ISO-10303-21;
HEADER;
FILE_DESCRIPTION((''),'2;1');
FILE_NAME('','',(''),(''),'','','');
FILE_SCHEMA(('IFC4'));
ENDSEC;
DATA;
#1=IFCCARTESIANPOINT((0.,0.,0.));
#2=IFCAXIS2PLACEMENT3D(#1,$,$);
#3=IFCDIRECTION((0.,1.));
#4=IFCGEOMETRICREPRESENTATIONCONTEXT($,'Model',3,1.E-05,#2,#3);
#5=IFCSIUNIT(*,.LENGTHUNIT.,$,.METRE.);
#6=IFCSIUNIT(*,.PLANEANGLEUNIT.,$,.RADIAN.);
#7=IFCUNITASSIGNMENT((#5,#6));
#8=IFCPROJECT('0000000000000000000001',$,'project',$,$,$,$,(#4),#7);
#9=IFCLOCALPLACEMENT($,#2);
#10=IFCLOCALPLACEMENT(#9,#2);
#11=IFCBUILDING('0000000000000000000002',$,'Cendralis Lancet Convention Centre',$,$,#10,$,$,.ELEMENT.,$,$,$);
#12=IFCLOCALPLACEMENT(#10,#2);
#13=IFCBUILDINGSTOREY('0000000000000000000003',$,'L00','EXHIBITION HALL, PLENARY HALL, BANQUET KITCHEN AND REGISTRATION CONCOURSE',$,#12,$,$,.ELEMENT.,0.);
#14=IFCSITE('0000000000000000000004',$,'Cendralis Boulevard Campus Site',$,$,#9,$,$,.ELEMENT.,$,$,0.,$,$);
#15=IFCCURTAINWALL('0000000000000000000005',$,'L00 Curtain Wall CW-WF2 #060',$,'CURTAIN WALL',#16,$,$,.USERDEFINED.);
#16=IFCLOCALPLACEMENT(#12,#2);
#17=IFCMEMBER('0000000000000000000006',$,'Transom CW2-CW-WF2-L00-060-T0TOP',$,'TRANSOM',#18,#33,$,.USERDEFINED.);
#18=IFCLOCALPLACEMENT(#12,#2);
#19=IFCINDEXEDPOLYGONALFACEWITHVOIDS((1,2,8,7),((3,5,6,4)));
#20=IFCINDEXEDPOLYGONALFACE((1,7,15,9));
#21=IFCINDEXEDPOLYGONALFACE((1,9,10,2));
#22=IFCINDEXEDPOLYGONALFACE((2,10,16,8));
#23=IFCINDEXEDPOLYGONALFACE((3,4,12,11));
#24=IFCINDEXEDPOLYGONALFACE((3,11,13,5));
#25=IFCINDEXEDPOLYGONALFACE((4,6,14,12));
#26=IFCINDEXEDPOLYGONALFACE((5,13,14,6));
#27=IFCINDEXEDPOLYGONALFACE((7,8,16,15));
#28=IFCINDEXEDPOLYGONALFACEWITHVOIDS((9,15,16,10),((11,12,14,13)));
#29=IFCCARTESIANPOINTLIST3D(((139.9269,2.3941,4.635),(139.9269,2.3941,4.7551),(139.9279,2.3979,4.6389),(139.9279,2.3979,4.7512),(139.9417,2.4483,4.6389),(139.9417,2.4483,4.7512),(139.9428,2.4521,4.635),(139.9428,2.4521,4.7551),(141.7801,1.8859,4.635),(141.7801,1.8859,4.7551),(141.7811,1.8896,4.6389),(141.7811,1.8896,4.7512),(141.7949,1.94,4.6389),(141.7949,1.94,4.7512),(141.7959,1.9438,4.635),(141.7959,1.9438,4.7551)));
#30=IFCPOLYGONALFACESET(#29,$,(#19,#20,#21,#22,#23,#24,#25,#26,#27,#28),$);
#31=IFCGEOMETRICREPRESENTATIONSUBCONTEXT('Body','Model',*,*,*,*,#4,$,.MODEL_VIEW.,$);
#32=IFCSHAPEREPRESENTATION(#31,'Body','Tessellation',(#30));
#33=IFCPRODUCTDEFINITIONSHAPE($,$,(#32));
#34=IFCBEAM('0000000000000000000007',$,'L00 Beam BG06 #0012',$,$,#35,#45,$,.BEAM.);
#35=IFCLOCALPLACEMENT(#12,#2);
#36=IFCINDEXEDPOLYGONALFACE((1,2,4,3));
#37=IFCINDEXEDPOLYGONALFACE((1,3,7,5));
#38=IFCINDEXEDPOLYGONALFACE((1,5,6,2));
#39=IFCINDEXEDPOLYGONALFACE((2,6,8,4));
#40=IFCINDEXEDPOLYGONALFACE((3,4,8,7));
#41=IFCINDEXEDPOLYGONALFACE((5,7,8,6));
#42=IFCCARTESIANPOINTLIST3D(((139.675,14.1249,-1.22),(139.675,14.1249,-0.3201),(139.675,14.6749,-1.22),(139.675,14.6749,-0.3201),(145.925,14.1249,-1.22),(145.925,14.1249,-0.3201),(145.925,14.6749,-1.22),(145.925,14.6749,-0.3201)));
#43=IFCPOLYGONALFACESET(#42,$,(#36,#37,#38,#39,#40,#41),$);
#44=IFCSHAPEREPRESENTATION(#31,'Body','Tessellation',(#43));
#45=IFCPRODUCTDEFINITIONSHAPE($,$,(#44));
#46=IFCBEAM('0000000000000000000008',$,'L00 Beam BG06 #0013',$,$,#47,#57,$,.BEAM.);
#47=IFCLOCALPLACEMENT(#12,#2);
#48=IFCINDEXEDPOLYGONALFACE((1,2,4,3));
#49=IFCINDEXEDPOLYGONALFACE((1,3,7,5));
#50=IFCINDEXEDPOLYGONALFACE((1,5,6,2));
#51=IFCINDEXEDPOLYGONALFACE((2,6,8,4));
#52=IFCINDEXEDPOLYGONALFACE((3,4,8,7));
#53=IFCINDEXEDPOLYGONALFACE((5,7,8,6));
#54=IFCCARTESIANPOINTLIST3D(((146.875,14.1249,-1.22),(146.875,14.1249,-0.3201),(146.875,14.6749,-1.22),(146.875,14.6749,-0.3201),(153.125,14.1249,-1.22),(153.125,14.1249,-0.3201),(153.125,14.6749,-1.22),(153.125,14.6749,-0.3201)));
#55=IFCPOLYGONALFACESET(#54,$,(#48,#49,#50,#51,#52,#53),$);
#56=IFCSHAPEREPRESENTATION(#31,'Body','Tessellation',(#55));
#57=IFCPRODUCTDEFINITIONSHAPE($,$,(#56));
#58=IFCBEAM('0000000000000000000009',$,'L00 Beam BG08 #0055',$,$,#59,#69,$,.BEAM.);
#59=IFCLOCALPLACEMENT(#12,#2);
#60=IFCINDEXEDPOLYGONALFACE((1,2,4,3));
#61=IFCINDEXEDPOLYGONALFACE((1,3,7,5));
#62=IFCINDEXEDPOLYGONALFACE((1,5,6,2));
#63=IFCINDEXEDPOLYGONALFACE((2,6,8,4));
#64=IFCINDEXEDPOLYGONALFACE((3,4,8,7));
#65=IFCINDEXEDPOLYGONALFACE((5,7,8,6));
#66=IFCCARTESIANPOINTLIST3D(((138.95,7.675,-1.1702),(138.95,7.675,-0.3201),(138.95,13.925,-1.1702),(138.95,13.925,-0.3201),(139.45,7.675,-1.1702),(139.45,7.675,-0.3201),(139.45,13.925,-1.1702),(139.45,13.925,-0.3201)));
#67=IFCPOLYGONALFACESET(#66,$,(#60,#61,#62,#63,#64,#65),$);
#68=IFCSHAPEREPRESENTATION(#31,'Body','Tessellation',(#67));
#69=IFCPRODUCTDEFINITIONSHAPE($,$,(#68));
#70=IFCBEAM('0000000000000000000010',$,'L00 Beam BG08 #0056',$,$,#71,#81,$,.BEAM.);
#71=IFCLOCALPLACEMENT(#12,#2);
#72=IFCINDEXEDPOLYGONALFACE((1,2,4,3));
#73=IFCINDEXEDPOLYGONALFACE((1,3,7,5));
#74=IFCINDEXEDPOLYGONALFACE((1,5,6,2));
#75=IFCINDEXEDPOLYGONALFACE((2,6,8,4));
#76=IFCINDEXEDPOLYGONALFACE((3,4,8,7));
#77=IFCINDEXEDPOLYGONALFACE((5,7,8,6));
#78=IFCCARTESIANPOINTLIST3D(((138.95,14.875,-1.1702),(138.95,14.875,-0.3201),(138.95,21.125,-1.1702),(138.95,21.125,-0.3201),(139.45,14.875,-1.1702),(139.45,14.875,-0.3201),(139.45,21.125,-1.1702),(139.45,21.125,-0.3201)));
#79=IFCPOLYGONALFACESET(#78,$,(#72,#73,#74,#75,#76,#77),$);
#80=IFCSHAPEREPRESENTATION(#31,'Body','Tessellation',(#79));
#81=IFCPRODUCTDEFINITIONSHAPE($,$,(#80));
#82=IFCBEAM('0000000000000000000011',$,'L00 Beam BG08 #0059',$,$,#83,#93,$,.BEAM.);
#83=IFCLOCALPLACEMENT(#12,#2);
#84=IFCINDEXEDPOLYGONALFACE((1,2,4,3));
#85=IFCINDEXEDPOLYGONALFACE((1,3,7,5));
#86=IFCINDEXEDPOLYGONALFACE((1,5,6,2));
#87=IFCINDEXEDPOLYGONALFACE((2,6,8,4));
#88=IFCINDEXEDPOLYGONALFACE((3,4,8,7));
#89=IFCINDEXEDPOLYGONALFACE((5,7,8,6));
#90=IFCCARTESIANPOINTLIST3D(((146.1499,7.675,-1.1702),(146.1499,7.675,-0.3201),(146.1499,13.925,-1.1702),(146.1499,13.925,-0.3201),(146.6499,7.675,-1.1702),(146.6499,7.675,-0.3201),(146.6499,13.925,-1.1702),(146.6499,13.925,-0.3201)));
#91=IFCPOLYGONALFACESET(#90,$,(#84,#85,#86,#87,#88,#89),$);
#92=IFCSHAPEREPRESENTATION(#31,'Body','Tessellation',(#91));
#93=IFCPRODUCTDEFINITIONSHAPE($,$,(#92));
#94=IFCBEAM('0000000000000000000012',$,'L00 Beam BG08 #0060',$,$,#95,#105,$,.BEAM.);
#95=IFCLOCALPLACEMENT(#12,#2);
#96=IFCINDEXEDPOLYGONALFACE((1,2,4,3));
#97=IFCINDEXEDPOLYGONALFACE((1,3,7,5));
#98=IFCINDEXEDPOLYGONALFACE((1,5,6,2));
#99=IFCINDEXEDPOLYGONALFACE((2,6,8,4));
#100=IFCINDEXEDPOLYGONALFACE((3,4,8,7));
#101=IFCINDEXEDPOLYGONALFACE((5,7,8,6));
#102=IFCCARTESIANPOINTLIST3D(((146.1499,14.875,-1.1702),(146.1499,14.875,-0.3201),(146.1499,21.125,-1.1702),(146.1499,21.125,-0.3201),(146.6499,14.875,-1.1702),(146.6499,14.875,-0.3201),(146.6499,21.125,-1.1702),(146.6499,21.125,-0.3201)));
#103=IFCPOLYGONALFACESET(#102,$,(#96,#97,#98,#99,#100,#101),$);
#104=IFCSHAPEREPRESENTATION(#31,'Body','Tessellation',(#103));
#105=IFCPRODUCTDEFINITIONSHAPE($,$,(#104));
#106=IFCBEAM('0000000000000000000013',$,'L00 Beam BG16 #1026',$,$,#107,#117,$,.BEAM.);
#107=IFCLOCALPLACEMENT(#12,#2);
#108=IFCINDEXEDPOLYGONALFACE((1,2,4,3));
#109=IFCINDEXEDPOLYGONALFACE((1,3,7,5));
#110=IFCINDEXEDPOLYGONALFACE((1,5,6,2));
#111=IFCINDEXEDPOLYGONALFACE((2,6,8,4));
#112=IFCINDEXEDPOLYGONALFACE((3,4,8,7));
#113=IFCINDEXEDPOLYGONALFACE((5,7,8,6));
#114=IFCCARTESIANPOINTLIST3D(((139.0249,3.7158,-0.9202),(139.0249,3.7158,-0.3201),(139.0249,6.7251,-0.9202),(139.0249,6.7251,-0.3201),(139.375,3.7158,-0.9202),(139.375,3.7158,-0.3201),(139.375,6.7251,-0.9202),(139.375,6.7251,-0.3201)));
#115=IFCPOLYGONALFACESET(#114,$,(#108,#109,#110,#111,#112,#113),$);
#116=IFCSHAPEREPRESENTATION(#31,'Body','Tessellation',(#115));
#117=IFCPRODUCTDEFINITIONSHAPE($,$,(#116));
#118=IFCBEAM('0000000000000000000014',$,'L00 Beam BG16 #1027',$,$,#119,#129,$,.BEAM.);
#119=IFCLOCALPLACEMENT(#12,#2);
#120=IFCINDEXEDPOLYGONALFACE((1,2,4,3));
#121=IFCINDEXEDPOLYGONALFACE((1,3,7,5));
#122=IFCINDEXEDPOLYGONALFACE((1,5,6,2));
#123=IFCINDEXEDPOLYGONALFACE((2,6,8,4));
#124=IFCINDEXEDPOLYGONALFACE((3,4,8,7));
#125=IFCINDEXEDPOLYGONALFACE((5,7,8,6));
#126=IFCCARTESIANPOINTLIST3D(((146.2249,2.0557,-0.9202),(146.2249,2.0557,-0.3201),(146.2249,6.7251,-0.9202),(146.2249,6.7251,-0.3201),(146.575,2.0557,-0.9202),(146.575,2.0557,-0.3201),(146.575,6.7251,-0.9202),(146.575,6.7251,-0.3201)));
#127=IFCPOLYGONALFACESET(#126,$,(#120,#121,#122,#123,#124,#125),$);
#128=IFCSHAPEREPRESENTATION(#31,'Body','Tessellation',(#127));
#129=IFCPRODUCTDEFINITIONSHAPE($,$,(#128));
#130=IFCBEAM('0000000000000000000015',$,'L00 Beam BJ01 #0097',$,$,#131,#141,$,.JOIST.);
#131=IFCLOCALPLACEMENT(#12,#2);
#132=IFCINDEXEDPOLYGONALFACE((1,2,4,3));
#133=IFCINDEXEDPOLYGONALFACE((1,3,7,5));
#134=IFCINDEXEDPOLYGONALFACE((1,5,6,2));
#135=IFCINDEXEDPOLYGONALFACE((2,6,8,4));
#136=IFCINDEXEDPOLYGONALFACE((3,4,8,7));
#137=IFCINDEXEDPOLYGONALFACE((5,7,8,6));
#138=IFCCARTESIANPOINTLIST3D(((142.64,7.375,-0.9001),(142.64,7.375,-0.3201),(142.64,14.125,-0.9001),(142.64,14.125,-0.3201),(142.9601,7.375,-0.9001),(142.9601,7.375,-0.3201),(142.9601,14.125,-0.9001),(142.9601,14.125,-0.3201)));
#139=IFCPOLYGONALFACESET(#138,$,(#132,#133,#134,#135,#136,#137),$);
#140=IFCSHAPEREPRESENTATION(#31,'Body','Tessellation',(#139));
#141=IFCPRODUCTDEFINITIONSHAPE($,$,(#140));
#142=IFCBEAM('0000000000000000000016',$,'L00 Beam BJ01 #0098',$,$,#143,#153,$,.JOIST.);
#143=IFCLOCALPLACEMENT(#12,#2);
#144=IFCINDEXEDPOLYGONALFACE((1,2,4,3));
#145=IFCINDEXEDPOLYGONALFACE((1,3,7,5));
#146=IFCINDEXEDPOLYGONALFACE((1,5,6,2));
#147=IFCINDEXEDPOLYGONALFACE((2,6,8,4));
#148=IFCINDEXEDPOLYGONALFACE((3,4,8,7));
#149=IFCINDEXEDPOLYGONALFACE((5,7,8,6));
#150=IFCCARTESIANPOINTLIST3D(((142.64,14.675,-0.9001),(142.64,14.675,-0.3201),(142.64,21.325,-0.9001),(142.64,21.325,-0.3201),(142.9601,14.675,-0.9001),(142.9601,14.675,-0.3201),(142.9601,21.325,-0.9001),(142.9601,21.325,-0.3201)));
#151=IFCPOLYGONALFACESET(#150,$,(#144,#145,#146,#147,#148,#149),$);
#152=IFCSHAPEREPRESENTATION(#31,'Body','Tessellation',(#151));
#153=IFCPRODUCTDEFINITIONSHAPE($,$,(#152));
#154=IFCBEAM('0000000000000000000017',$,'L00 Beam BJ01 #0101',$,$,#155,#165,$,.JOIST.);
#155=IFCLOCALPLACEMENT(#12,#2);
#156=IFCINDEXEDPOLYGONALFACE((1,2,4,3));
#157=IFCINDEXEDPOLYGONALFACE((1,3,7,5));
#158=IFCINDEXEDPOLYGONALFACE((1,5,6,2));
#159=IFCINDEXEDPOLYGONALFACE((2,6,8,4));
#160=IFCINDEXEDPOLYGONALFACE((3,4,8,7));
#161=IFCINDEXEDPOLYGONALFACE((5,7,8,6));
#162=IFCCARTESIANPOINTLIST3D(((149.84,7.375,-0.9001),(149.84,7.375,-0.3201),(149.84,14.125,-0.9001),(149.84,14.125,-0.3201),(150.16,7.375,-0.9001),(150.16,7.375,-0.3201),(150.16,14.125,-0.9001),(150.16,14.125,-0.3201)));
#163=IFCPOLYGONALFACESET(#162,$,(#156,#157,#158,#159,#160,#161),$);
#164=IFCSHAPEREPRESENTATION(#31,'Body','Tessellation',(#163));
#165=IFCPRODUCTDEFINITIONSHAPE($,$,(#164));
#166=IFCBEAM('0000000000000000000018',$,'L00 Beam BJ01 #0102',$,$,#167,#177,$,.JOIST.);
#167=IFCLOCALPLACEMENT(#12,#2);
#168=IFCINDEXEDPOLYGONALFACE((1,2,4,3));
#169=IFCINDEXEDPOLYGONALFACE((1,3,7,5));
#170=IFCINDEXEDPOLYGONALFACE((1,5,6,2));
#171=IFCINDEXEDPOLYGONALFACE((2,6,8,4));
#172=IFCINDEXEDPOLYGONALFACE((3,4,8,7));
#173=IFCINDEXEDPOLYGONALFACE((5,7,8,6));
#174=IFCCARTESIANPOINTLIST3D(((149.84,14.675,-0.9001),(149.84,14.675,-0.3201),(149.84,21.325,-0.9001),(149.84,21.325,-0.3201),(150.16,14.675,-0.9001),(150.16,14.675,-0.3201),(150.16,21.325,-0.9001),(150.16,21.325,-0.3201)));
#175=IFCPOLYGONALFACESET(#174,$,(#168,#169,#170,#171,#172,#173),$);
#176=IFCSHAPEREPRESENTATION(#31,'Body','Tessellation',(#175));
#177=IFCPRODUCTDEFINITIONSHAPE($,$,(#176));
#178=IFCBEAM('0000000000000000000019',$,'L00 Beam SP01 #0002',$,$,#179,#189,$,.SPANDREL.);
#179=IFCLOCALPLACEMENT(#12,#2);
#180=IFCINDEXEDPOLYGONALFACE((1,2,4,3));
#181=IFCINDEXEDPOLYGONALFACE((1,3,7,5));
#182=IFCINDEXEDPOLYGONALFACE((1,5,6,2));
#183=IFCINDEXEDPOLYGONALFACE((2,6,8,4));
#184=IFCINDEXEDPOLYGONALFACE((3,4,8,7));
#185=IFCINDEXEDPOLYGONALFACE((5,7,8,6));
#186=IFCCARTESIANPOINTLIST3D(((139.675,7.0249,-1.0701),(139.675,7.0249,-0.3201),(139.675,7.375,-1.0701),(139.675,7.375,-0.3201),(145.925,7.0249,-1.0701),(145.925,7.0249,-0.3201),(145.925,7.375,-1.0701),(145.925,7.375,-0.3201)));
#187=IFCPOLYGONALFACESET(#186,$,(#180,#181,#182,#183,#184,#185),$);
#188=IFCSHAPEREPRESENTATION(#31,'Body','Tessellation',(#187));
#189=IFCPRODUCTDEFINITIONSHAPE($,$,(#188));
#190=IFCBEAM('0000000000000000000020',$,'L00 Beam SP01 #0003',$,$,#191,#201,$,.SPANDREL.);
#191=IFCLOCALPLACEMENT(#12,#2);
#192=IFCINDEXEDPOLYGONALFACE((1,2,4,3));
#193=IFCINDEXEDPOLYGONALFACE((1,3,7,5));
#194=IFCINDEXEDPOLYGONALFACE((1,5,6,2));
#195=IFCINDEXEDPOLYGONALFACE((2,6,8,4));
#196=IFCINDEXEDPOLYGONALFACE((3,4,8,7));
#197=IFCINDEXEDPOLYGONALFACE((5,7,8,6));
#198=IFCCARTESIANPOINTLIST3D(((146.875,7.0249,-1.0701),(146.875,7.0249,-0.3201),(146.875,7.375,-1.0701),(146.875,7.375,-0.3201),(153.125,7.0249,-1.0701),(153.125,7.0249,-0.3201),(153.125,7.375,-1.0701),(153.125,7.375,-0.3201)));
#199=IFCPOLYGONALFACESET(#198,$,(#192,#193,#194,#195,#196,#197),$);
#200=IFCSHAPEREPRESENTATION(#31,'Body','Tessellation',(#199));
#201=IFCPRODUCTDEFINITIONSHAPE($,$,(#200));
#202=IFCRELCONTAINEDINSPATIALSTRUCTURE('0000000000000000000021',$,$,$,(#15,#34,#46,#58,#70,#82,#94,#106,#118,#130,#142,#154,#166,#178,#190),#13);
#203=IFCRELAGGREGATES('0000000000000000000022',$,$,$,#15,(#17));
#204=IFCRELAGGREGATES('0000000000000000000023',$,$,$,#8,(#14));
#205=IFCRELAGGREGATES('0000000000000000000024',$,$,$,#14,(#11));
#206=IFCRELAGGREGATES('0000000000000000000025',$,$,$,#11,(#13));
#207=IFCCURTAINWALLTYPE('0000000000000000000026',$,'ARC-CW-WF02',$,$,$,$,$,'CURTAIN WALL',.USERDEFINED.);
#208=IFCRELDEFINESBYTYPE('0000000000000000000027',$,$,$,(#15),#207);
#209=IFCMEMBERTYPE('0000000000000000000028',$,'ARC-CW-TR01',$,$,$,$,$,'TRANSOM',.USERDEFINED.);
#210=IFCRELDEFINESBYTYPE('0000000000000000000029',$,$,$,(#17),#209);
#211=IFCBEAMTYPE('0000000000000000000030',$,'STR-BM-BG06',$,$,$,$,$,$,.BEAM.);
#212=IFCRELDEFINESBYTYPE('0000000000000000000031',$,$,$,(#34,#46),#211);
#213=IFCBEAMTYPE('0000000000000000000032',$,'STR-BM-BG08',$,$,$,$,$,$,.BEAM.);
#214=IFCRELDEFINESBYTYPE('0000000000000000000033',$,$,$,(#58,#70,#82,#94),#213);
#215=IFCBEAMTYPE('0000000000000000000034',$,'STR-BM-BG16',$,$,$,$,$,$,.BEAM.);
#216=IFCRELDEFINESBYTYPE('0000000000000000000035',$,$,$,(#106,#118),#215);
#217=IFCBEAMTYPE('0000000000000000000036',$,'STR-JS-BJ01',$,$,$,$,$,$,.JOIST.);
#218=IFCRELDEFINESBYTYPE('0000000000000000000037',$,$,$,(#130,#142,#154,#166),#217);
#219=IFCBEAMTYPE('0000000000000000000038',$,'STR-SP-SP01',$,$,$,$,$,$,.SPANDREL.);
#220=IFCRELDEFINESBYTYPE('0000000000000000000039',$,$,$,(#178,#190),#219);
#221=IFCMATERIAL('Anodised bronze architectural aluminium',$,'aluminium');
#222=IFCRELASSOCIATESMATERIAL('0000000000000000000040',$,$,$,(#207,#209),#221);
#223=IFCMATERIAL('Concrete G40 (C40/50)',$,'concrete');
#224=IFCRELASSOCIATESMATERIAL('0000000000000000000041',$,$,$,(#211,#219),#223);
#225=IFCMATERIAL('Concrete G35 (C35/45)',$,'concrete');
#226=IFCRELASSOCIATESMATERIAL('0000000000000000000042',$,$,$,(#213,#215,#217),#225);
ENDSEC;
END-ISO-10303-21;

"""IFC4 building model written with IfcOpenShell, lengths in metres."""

from ifc_helpers import new_model, si_unit, direction, frame, origin, origin_2d, place, context, subcontext, project, spatial, rectangle, hollow_rectangle, extrude, material, material_profile, profile_set, type_object, element, aggregate, save


model = new_model("IFC4")

# Units and contexts
model_context = context("Model", 3, precision=1e-05, world=origin(), true_north=direction((0.0, 1.0)))
body_context = subcontext(model_context, "Body", "Model", "MODEL_VIEW")
ifc_project = project(units=[si_unit("LENGTHUNIT", "METRE"), si_unit("PLANEANGLEUNIT", "RADIAN")], contexts=[model_context])

# Site, building, storey
site_placement = place(None, origin())
site = spatial("IfcSite", under=ifc_project, at=site_placement, Name="Cendralis Boulevard Campus Site", CompositionType="ELEMENT", RefElevation=0.0)
building_placement = place(site_placement, origin())
building = spatial("IfcBuilding", under=site, at=building_placement, Name="Cendralis Lancet Convention Centre", CompositionType="ELEMENT")
storey_placement = place(building_placement, origin())
storey = spatial("IfcBuildingStorey", under=building, at=storey_placement, Name="L00", Description="EXHIBITION HALL, PLENARY HALL, BANQUET KITCHEN AND REGISTRATION CONCOURSE", CompositionType="ELEMENT", Elevation=0.0)

# Shared definitions
ifc_material_1 = material(Name="Concrete G40 (C40/50)", Category="concrete")

# Curtain wall
ifc_material_2 = material(Name="Anodised bronze architectural aluminium", Category="aluminium")
curtain_wall_type = type_object("IfcCurtainWallType", Name="ARC-CW-WF02", ElementType="CURTAIN WALL", PredefinedType="USERDEFINED", material=ifc_material_2)
curtain_wall_1_placement = place(storey_placement, origin())
curtain_wall_1 = element("IfcCurtainWall", 1, at=curtain_wall_1_placement, inside=storey, type_object=curtain_wall_type, Name="L00 Curtain Wall CW-WF2 #060", ObjectType="CURTAIN WALL", PredefinedType="USERDEFINED")

# Member
ifc_material_profile_1 = material_profile(ifc_material_2, hollow_rectangle(XDim=0.0601, YDim=0.1201, WallThickness=0.0039, at=origin_2d()), Name="AL-TRAN 60x120x4.0")
ifc_profile_set_1 = profile_set([ifc_material_profile_1], Name="Anodised bronze architectural aluminium")
member_type_1 = type_object("IfcMemberType", Name="ARC-CW-TR01", ElementType="TRANSOM", PredefinedType="USERDEFINED", material=ifc_profile_set_1)
member_1_placement = place(storey_placement, frame((139.9348, 2.4231, 4.6951), z_axis=(0.964385, -0.264504, 0.0), x_axis=(0.264504, 0.964385, 0.0)))
member_1 = element("IfcMember", 2, at=member_1_placement, type_object=member_type_1, Name="Transom CW2-CW-WF2-L00-060-T0TOP", ObjectType="TRANSOM", PredefinedType="USERDEFINED", context=body_context, shape_type="SweptSolid", body=[
    extrude(hollow_rectangle(XDim=0.0601, YDim=0.1201, WallThickness=0.0039, at=origin_2d()), origin(), (0.0, 0.0, 1.0), 1.9216),
])

# Beams
ifc_material_profile_2 = material_profile(ifc_material_1, rectangle(XDim=0.55, YDim=0.8999, at=origin_2d()), Name="RCB 550x900")
ifc_profile_set_2 = profile_set([ifc_material_profile_2], Name="Concrete G40 (C40/50)")
beam_type_1 = type_object("IfcBeamType", Name="STR-BM-BG06", PredefinedType="BEAM", material=ifc_profile_set_2)
for number, where, z_axis, x_axis, name in (
    (3, (139.675, 14.3999, -0.77), (1.0, 0.0, 0.0), (0.0, 1.0, 0.0), "L00 Beam BG06 #0012"),
    (4, (146.875, 14.3999, -0.77), (1.0, 0.0, 0.0), (0.0, 1.0, 0.0), "L00 Beam BG06 #0013"),
):
    element("IfcBeam", number, at=place(storey_placement, frame(where, z_axis=z_axis, x_axis=x_axis)), inside=storey, type_object=beam_type_1, Name=name, PredefinedType="BEAM", context=body_context, shape_type="SweptSolid", body=[
        extrude(rectangle(XDim=0.55, YDim=0.8999, at=origin_2d()), origin(), (0.0, 0.0, 1.0), 6.25),
    ])
ifc_material_3 = material(Name="Concrete G35 (C35/45)", Category="concrete")
ifc_material_profile_3 = material_profile(ifc_material_3, rectangle(XDim=0.5, YDim=0.8501, at=origin_2d()), Name="RCB 500x850")
ifc_profile_set_3 = profile_set([ifc_material_profile_3], Name="Concrete G35 (C35/45)")
beam_type_2 = type_object("IfcBeamType", Name="STR-BM-BG08", PredefinedType="BEAM", material=ifc_profile_set_3)
for number, where, z_axis, x_axis, name in (
    (5, (139.2, 7.675, -0.7451), (0.0, 1.0, 0.0), (-1.0, 0.0, 0.0), "L00 Beam BG08 #0055"),
    (6, (139.2, 14.875, -0.7451), (0.0, 1.0, 0.0), (-1.0, 0.0, 0.0), "L00 Beam BG08 #0056"),
    (7, (146.3999, 7.675, -0.7451), (0.0, 1.0, 0.0), (-1.0, 0.0, 0.0), "L00 Beam BG08 #0059"),
    (8, (146.3999, 14.875, -0.7451), (0.0, 1.0, 0.0), (-1.0, 0.0, 0.0), "L00 Beam BG08 #0060"),
):
    element("IfcBeam", number, at=place(storey_placement, frame(where, z_axis=z_axis, x_axis=x_axis)), inside=storey, type_object=beam_type_2, Name=name, PredefinedType="BEAM", context=body_context, shape_type="SweptSolid", body=[
        extrude(rectangle(XDim=0.5, YDim=0.8501, at=origin_2d()), origin(), (0.0, 0.0, 1.0), 6.25),
    ])
ifc_material_profile_4 = material_profile(ifc_material_3, rectangle(XDim=0.3501, YDim=0.6001, at=origin_2d()), Name="RCB 350x600")
ifc_profile_set_4 = profile_set([ifc_material_profile_4], Name="Concrete G35 (C35/45)")
beam_type_3 = type_object("IfcBeamType", Name="STR-BM-BG16", PredefinedType="BEAM", material=ifc_profile_set_4)
beam_1_placement = place(storey_placement, frame((139.2, 3.7158, -0.6201), z_axis=(0.0, 1.0, 0.0), x_axis=(-1.0, 0.0, 0.0)))
element("IfcBeam", 9, at=beam_1_placement, inside=storey, type_object=beam_type_3, Name="L00 Beam BG16 #1026", PredefinedType="BEAM", context=body_context, shape_type="SweptSolid", body=[
    extrude(rectangle(XDim=0.3501, YDim=0.6001, at=origin_2d()), origin(), (0.0, 0.0, 1.0), 3.0093),
])
beam_2_placement = place(storey_placement, frame((146.3999, 2.0557, -0.6201), z_axis=(0.0, 1.0, 0.0), x_axis=(-1.0, 0.0, 0.0)))
element("IfcBeam", 10, at=beam_2_placement, inside=storey, type_object=beam_type_3, Name="L00 Beam BG16 #1027", PredefinedType="BEAM", context=body_context, shape_type="SweptSolid", body=[
    extrude(rectangle(XDim=0.3501, YDim=0.6001, at=origin_2d()), origin(), (0.0, 0.0, 1.0), 4.6694),
])
ifc_material_profile_5 = material_profile(ifc_material_3, rectangle(XDim=0.3201, YDim=0.5801, at=origin_2d()), Name="RCB 320x580")
ifc_profile_set_5 = profile_set([ifc_material_profile_5], Name="Concrete G35 (C35/45)")
beam_type_4 = type_object("IfcBeamType", Name="STR-JS-BJ01", PredefinedType="JOIST", material=ifc_profile_set_5)
beam_3_placement = place(storey_placement, frame((142.8, 7.375, -0.6101), z_axis=(0.0, 1.0, 0.0), x_axis=(-1.0, 0.0, 0.0)))
element("IfcBeam", 11, at=beam_3_placement, inside=storey, type_object=beam_type_4, Name="L00 Beam BJ01 #0097", PredefinedType="JOIST", context=body_context, shape_type="SweptSolid", body=[
    extrude(rectangle(XDim=0.3201, YDim=0.5801, at=origin_2d()), origin(), (0.0, 0.0, 1.0), 6.75),
])
beam_4_placement = place(storey_placement, frame((142.8, 14.675, -0.6101), z_axis=(0.0, 1.0, 0.0), x_axis=(-1.0, 0.0, 0.0)))
element("IfcBeam", 12, at=beam_4_placement, inside=storey, type_object=beam_type_4, Name="L00 Beam BJ01 #0098", PredefinedType="JOIST", context=body_context, shape_type="SweptSolid", body=[
    extrude(rectangle(XDim=0.3201, YDim=0.5801, at=origin_2d()), origin(), (0.0, 0.0, 1.0), 6.6499),
])
beam_5_placement = place(storey_placement, frame((150.0, 7.375, -0.6101), z_axis=(0.0, 1.0, 0.0), x_axis=(-1.0, 0.0, 0.0)))
element("IfcBeam", 13, at=beam_5_placement, inside=storey, type_object=beam_type_4, Name="L00 Beam BJ01 #0101", PredefinedType="JOIST", context=body_context, shape_type="SweptSolid", body=[
    extrude(rectangle(XDim=0.3201, YDim=0.5801, at=origin_2d()), origin(), (0.0, 0.0, 1.0), 6.75),
])
beam_6_placement = place(storey_placement, frame((150.0, 14.675, -0.6101), z_axis=(0.0, 1.0, 0.0), x_axis=(-1.0, 0.0, 0.0)))
element("IfcBeam", 14, at=beam_6_placement, inside=storey, type_object=beam_type_4, Name="L00 Beam BJ01 #0102", PredefinedType="JOIST", context=body_context, shape_type="SweptSolid", body=[
    extrude(rectangle(XDim=0.3201, YDim=0.5801, at=origin_2d()), origin(), (0.0, 0.0, 1.0), 6.6499),
])
ifc_material_profile_6 = material_profile(ifc_material_1, rectangle(XDim=0.3501, YDim=0.75, at=origin_2d()), Name="RCB 350x750")
ifc_profile_set_6 = profile_set([ifc_material_profile_6], Name="Concrete G40 (C40/50)")
beam_type_5 = type_object("IfcBeamType", Name="STR-SP-SP01", PredefinedType="SPANDREL", material=ifc_profile_set_6)
for number, where, z_axis, x_axis, name in (
    (15, (139.675, 7.2, -0.6951), (1.0, 0.0, 0.0), (0.0, 1.0, 0.0), "L00 Beam SP01 #0002"),
    (16, (146.875, 7.2, -0.6951), (1.0, 0.0, 0.0), (0.0, 1.0, 0.0), "L00 Beam SP01 #0003"),
):
    element("IfcBeam", number, at=place(storey_placement, frame(where, z_axis=z_axis, x_axis=x_axis)), inside=storey, type_object=beam_type_5, Name=name, PredefinedType="SPANDREL", context=body_context, shape_type="SweptSolid", body=[
        extrude(rectangle(XDim=0.3501, YDim=0.75, at=origin_2d()), origin(), (0.0, 0.0, 1.0), 6.25),
    ])

aggregate(curtain_wall_1, [member_1])

save(model, "model.ifc")
